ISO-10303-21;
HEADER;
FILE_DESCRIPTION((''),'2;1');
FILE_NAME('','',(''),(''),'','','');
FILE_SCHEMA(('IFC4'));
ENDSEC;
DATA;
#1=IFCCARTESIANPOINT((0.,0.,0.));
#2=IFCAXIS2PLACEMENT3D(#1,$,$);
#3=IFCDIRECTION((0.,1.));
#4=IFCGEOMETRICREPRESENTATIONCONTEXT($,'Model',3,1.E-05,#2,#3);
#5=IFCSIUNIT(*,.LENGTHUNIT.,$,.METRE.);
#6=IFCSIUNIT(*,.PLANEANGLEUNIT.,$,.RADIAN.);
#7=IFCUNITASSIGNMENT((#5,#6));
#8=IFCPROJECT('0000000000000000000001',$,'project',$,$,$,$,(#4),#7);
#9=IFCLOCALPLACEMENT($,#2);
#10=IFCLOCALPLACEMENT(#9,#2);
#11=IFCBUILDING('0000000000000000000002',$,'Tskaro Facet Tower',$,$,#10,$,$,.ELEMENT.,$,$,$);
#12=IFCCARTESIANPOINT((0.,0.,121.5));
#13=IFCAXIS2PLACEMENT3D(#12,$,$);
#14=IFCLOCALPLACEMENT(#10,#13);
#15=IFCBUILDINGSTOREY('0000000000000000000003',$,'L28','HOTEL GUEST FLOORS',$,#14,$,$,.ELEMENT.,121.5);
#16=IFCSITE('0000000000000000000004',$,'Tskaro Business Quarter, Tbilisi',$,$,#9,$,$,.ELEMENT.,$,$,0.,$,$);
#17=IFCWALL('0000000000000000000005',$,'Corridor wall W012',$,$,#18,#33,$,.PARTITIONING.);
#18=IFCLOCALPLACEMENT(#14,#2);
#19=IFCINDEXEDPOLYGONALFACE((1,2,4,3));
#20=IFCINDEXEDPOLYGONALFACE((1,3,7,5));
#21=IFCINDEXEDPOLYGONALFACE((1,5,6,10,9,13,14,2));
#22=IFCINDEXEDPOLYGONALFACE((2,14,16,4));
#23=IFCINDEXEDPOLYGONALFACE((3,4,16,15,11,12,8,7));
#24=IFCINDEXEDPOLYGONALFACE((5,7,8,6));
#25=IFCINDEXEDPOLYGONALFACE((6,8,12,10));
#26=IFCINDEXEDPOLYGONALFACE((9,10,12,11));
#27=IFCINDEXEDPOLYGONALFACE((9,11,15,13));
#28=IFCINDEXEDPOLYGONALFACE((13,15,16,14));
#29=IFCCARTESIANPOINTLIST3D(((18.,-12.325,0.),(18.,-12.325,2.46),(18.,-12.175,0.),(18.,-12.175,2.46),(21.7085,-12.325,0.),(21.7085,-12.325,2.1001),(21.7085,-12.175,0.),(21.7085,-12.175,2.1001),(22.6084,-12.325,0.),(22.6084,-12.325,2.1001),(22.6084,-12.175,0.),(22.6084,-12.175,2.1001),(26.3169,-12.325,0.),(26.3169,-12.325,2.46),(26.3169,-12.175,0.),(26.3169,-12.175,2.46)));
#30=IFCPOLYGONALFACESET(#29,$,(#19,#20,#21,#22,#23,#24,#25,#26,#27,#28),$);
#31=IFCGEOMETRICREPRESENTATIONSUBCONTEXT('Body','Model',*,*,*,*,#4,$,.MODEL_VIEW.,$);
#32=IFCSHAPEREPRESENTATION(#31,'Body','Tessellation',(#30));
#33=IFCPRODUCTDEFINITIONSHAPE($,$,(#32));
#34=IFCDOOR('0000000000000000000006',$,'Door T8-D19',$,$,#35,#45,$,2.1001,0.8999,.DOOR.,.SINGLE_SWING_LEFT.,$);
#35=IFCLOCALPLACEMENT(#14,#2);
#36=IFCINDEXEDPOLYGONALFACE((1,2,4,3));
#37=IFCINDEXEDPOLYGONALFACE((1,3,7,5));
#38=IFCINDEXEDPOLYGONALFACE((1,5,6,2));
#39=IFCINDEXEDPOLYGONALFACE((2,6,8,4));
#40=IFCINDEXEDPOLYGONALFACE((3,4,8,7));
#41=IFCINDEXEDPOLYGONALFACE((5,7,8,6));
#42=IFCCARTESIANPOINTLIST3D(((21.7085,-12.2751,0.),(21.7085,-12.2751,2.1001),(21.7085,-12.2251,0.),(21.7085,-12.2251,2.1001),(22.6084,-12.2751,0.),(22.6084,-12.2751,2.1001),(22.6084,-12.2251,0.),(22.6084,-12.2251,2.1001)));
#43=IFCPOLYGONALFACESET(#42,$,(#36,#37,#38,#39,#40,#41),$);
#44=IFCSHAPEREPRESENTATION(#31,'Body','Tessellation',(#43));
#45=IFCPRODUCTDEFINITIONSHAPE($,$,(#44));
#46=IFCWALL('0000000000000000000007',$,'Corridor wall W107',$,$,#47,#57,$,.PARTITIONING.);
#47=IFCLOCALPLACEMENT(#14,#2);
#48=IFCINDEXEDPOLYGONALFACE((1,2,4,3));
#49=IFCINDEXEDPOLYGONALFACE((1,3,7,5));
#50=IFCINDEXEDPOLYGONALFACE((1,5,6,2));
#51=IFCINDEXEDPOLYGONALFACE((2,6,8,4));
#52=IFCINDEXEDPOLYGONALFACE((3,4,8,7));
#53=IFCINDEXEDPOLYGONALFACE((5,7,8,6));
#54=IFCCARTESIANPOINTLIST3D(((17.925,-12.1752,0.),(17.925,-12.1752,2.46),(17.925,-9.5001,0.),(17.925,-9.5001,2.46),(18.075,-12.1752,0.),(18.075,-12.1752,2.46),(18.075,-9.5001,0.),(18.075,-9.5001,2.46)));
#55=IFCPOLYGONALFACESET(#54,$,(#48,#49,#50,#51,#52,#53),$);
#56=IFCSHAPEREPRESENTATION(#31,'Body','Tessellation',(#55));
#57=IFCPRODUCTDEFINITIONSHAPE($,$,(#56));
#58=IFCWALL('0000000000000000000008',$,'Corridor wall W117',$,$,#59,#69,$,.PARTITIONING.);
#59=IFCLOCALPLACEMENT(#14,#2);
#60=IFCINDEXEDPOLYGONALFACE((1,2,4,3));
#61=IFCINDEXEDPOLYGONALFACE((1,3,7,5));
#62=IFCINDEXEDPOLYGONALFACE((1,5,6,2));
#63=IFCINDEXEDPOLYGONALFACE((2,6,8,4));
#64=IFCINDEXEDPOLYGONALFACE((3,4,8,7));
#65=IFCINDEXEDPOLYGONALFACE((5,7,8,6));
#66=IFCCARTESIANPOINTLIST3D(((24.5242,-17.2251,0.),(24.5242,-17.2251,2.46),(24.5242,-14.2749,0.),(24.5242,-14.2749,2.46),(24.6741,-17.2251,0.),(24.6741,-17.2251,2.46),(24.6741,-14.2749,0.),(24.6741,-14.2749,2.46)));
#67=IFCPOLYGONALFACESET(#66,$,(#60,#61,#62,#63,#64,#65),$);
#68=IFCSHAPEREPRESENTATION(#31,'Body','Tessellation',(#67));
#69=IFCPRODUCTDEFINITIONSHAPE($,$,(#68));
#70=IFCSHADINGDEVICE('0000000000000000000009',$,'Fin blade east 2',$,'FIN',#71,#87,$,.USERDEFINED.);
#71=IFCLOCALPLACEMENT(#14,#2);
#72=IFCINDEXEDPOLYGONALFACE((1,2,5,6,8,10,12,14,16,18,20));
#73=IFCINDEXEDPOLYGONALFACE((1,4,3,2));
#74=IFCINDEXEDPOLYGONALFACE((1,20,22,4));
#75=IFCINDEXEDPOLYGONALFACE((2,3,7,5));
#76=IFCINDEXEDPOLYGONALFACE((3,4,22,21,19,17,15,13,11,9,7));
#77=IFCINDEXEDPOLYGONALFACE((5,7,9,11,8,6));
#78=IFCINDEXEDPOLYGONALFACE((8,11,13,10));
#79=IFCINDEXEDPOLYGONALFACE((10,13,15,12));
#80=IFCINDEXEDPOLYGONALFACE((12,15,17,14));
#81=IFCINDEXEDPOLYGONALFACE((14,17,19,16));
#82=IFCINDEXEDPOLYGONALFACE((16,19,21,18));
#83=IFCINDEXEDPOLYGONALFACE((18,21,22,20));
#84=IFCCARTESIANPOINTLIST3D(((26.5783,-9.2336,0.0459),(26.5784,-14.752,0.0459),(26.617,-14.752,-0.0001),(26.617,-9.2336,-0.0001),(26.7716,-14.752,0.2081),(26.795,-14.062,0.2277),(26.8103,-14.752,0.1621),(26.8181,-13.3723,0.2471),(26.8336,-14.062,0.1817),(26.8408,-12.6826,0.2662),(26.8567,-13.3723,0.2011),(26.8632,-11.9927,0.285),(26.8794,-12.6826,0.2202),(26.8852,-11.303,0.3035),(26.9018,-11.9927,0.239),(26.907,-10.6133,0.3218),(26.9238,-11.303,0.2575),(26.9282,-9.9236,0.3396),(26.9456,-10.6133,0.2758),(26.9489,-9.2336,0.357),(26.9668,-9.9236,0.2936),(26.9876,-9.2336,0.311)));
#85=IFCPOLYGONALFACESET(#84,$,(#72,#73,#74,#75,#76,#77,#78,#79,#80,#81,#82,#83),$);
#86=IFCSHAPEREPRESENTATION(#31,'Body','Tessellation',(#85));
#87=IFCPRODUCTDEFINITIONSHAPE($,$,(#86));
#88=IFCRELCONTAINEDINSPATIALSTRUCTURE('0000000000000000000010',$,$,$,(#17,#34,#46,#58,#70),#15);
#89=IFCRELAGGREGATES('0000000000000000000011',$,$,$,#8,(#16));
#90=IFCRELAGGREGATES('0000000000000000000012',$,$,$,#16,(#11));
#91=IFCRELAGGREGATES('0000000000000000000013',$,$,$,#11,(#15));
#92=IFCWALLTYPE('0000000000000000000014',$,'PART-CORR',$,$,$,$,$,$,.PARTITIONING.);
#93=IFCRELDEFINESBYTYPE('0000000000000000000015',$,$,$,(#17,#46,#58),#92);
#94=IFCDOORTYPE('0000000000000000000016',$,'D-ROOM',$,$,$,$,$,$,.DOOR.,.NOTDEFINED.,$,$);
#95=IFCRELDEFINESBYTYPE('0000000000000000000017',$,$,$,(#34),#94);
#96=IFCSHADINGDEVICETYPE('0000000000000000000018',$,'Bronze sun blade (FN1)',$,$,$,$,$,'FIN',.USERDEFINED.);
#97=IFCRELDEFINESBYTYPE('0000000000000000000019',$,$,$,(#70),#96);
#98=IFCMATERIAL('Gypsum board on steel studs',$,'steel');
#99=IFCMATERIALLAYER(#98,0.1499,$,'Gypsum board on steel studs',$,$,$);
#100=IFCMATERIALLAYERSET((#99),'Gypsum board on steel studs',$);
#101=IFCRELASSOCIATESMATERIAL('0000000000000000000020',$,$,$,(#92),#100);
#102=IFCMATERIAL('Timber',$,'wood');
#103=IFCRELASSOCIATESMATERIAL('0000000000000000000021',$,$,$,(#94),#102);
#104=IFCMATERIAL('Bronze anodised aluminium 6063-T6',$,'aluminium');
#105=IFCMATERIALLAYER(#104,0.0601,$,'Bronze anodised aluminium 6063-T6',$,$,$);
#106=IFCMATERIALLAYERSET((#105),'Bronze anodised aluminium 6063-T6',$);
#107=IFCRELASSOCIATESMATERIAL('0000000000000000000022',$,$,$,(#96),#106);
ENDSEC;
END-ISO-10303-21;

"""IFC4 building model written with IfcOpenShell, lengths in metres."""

from ifc_helpers import new_model, si_unit, direction, frame, frame_2d, origin, place, context, subcontext, project, spatial, polyline, rectangle, outline, extrude, material, layer, layer_set, type_object, element, fill, save


model = new_model("IFC4")

# Units and contexts
model_context = context("Model", 3, precision=1e-05, world=origin(), true_north=direction((0.0, 1.0)))
body_context = subcontext(model_context, "Body", "Model", "MODEL_VIEW")
ifc_project = project(units=[si_unit("LENGTHUNIT", "METRE"), si_unit("PLANEANGLEUNIT", "RADIAN")], contexts=[model_context])

# Site, building, storey
site_placement = place(None, origin())
site = spatial("IfcSite", under=ifc_project, at=site_placement, Name="Tskaro Business Quarter, Tbilisi", CompositionType="ELEMENT", RefElevation=0.0)
building_placement = place(site_placement, origin())
building = spatial("IfcBuilding", under=site, at=building_placement, Name="Tskaro Facet Tower", CompositionType="ELEMENT")
storey_placement = place(building_placement, frame((0.0, 0.0, 121.5)))
storey = spatial("IfcBuildingStorey", under=building, at=storey_placement, Name="L28", Description="HOTEL GUEST FLOORS", CompositionType="ELEMENT", Elevation=121.5)

# Shared definitions
ifc_material_1 = material(Name="Bronze anodised aluminium 6063-T6", Category="aluminium")

# Shared definitions
ifc_material_2 = material(Name="Gypsum board on steel studs", Category="steel")
ifc_layer_1 = layer(ifc_material_2, 0.1499, Name="Gypsum board on steel studs")
ifc_layer_set_1 = layer_set([ifc_layer_1], Name="Gypsum board on steel studs")
wall_type = type_object("IfcWallType", Name="PART-CORR", PredefinedType="PARTITIONING", material=ifc_layer_set_1)
ifc_material_3 = material(Name="Timber", Category="wood")

# Wall, opening, door
wall_1_placement = place(storey_placement, frame((18.0, -12.25, 0.0), z_axis=(0.0, 0.0, 1.0), x_axis=(1.0, 0.0, 0.0)))
wall_1 = element("IfcWall", 1, at=wall_1_placement, inside=storey, type_object=wall_type, Name="Corridor wall W012", PredefinedType="PARTITIONING", context=body_context, shape_type="SweptSolid", body=[
    extrude(rectangle(XDim=8.3169, YDim=0.1499, at=frame_2d((4.1584, 0.0))), origin(), (0.0, 0.0, 1.0), 2.46),
])
opening_1_placement = place(wall_1_placement, frame((3.7085, 0.0, 0.0)))
opening_1 = element("IfcOpeningElement", 2, at=opening_1_placement, cuts=wall_1, PredefinedType="OPENING", context=body_context, shape_type="SweptSolid", body=[
    extrude(rectangle(XDim=0.8999, YDim=2.1001, at=frame_2d((0.45, 1.05))), frame((0.0, 0.085, 0.0), z_axis=(0.0, -1.0, 0.0), x_axis=(1.0, 0.0, 0.0)), (0.0, 0.0, 1.0), 0.1699),
])
door_type_1 = type_object("IfcDoorType", Name="D-ROOM", OperationType="NOTDEFINED", PredefinedType="DOOR", material=ifc_material_3)
door_1_placement = place(opening_1_placement, origin())
door_1 = element("IfcDoor", 3, at=door_1_placement, inside=storey, type_object=door_type_1, Name="Door T8-D19", OperationType="SINGLE_SWING_LEFT", OverallHeight=2.1001, OverallWidth=0.8999, PredefinedType="DOOR", context=body_context, shape_type="SweptSolid", body=[
    extrude(rectangle(XDim=0.8999, YDim=2.1001, at=frame_2d((0.45, 1.05))), frame((0.0, 0.0249, 0.0), z_axis=(0.0, -1.0, 0.0), x_axis=(1.0, 0.0, 0.0)), (0.0, 0.0, 1.0), 0.05),
])
fill(opening_1, door_1)

# Walls
wall_2_placement = place(storey_placement, frame((18.0, -12.175, 0.0), z_axis=(0.0, 0.0, 1.0), x_axis=(0.0, 1.0, 0.0)))
element("IfcWall", 4, at=wall_2_placement, inside=storey, type_object=wall_type, Name="Corridor wall W107", PredefinedType="PARTITIONING", context=body_context, shape_type="SweptSolid", body=[
    extrude(rectangle(XDim=2.675, YDim=0.1499, at=frame_2d((1.3374, 0.0))), origin(), (0.0, 0.0, 1.0), 2.46),
])
wall_3_placement = place(storey_placement, frame((24.5991, -17.2251, 0.0), z_axis=(0.0, 0.0, 1.0), x_axis=(0.0, 1.0, 0.0)))
element("IfcWall", 5, at=wall_3_placement, inside=storey, type_object=wall_type, Name="Corridor wall W117", PredefinedType="PARTITIONING", context=body_context, shape_type="SweptSolid", body=[
    extrude(rectangle(XDim=2.9502, YDim=0.1499, at=frame_2d((1.4751, 0.0))), origin(), (0.0, 0.0, 1.0), 2.46),
])

# Shading device
ifc_layer_2 = layer(ifc_material_1, 0.0601, Name="Bronze anodised aluminium 6063-T6")
ifc_layer_set_2 = layer_set([ifc_layer_2], Name="Bronze anodised aluminium 6063-T6")
shading_device_type = type_object("IfcShadingDeviceType", Name="Bronze sun blade (FN1)", ElementType="FIN", PredefinedType="USERDEFINED", material=ifc_layer_set_2)
shading_device_1_placement = place(storey_placement, frame((26.5784, -14.752, 0.0459), z_axis=(-0.64287, -0.000008, 0.765976), x_axis=(-0.000005, 1.0, 0.000006)))
element("IfcShadingDevice", 6, at=shading_device_1_placement, inside=storey, type_object=shading_device_type, Name="Fin blade east 2", ObjectType="FIN", PredefinedType="USERDEFINED", context=body_context, shape_type="SweptSolid", body=[
    extrude(outline(polyline([(0.0, 0.0), (5.5183, 0.0), (5.5183, -0.4838), (4.8284, -0.4568), (4.1387, -0.4291), (3.449, -0.4006), (2.7593, -0.3719), (2.0693, -0.3426), (1.3796, -0.313), (0.6899, -0.2828), (0.0, -0.2523), (0.0, 0.0)])), origin(), (0.0, 0.0, -1.0), 0.0601),
])

save(model, "model.ifc")
